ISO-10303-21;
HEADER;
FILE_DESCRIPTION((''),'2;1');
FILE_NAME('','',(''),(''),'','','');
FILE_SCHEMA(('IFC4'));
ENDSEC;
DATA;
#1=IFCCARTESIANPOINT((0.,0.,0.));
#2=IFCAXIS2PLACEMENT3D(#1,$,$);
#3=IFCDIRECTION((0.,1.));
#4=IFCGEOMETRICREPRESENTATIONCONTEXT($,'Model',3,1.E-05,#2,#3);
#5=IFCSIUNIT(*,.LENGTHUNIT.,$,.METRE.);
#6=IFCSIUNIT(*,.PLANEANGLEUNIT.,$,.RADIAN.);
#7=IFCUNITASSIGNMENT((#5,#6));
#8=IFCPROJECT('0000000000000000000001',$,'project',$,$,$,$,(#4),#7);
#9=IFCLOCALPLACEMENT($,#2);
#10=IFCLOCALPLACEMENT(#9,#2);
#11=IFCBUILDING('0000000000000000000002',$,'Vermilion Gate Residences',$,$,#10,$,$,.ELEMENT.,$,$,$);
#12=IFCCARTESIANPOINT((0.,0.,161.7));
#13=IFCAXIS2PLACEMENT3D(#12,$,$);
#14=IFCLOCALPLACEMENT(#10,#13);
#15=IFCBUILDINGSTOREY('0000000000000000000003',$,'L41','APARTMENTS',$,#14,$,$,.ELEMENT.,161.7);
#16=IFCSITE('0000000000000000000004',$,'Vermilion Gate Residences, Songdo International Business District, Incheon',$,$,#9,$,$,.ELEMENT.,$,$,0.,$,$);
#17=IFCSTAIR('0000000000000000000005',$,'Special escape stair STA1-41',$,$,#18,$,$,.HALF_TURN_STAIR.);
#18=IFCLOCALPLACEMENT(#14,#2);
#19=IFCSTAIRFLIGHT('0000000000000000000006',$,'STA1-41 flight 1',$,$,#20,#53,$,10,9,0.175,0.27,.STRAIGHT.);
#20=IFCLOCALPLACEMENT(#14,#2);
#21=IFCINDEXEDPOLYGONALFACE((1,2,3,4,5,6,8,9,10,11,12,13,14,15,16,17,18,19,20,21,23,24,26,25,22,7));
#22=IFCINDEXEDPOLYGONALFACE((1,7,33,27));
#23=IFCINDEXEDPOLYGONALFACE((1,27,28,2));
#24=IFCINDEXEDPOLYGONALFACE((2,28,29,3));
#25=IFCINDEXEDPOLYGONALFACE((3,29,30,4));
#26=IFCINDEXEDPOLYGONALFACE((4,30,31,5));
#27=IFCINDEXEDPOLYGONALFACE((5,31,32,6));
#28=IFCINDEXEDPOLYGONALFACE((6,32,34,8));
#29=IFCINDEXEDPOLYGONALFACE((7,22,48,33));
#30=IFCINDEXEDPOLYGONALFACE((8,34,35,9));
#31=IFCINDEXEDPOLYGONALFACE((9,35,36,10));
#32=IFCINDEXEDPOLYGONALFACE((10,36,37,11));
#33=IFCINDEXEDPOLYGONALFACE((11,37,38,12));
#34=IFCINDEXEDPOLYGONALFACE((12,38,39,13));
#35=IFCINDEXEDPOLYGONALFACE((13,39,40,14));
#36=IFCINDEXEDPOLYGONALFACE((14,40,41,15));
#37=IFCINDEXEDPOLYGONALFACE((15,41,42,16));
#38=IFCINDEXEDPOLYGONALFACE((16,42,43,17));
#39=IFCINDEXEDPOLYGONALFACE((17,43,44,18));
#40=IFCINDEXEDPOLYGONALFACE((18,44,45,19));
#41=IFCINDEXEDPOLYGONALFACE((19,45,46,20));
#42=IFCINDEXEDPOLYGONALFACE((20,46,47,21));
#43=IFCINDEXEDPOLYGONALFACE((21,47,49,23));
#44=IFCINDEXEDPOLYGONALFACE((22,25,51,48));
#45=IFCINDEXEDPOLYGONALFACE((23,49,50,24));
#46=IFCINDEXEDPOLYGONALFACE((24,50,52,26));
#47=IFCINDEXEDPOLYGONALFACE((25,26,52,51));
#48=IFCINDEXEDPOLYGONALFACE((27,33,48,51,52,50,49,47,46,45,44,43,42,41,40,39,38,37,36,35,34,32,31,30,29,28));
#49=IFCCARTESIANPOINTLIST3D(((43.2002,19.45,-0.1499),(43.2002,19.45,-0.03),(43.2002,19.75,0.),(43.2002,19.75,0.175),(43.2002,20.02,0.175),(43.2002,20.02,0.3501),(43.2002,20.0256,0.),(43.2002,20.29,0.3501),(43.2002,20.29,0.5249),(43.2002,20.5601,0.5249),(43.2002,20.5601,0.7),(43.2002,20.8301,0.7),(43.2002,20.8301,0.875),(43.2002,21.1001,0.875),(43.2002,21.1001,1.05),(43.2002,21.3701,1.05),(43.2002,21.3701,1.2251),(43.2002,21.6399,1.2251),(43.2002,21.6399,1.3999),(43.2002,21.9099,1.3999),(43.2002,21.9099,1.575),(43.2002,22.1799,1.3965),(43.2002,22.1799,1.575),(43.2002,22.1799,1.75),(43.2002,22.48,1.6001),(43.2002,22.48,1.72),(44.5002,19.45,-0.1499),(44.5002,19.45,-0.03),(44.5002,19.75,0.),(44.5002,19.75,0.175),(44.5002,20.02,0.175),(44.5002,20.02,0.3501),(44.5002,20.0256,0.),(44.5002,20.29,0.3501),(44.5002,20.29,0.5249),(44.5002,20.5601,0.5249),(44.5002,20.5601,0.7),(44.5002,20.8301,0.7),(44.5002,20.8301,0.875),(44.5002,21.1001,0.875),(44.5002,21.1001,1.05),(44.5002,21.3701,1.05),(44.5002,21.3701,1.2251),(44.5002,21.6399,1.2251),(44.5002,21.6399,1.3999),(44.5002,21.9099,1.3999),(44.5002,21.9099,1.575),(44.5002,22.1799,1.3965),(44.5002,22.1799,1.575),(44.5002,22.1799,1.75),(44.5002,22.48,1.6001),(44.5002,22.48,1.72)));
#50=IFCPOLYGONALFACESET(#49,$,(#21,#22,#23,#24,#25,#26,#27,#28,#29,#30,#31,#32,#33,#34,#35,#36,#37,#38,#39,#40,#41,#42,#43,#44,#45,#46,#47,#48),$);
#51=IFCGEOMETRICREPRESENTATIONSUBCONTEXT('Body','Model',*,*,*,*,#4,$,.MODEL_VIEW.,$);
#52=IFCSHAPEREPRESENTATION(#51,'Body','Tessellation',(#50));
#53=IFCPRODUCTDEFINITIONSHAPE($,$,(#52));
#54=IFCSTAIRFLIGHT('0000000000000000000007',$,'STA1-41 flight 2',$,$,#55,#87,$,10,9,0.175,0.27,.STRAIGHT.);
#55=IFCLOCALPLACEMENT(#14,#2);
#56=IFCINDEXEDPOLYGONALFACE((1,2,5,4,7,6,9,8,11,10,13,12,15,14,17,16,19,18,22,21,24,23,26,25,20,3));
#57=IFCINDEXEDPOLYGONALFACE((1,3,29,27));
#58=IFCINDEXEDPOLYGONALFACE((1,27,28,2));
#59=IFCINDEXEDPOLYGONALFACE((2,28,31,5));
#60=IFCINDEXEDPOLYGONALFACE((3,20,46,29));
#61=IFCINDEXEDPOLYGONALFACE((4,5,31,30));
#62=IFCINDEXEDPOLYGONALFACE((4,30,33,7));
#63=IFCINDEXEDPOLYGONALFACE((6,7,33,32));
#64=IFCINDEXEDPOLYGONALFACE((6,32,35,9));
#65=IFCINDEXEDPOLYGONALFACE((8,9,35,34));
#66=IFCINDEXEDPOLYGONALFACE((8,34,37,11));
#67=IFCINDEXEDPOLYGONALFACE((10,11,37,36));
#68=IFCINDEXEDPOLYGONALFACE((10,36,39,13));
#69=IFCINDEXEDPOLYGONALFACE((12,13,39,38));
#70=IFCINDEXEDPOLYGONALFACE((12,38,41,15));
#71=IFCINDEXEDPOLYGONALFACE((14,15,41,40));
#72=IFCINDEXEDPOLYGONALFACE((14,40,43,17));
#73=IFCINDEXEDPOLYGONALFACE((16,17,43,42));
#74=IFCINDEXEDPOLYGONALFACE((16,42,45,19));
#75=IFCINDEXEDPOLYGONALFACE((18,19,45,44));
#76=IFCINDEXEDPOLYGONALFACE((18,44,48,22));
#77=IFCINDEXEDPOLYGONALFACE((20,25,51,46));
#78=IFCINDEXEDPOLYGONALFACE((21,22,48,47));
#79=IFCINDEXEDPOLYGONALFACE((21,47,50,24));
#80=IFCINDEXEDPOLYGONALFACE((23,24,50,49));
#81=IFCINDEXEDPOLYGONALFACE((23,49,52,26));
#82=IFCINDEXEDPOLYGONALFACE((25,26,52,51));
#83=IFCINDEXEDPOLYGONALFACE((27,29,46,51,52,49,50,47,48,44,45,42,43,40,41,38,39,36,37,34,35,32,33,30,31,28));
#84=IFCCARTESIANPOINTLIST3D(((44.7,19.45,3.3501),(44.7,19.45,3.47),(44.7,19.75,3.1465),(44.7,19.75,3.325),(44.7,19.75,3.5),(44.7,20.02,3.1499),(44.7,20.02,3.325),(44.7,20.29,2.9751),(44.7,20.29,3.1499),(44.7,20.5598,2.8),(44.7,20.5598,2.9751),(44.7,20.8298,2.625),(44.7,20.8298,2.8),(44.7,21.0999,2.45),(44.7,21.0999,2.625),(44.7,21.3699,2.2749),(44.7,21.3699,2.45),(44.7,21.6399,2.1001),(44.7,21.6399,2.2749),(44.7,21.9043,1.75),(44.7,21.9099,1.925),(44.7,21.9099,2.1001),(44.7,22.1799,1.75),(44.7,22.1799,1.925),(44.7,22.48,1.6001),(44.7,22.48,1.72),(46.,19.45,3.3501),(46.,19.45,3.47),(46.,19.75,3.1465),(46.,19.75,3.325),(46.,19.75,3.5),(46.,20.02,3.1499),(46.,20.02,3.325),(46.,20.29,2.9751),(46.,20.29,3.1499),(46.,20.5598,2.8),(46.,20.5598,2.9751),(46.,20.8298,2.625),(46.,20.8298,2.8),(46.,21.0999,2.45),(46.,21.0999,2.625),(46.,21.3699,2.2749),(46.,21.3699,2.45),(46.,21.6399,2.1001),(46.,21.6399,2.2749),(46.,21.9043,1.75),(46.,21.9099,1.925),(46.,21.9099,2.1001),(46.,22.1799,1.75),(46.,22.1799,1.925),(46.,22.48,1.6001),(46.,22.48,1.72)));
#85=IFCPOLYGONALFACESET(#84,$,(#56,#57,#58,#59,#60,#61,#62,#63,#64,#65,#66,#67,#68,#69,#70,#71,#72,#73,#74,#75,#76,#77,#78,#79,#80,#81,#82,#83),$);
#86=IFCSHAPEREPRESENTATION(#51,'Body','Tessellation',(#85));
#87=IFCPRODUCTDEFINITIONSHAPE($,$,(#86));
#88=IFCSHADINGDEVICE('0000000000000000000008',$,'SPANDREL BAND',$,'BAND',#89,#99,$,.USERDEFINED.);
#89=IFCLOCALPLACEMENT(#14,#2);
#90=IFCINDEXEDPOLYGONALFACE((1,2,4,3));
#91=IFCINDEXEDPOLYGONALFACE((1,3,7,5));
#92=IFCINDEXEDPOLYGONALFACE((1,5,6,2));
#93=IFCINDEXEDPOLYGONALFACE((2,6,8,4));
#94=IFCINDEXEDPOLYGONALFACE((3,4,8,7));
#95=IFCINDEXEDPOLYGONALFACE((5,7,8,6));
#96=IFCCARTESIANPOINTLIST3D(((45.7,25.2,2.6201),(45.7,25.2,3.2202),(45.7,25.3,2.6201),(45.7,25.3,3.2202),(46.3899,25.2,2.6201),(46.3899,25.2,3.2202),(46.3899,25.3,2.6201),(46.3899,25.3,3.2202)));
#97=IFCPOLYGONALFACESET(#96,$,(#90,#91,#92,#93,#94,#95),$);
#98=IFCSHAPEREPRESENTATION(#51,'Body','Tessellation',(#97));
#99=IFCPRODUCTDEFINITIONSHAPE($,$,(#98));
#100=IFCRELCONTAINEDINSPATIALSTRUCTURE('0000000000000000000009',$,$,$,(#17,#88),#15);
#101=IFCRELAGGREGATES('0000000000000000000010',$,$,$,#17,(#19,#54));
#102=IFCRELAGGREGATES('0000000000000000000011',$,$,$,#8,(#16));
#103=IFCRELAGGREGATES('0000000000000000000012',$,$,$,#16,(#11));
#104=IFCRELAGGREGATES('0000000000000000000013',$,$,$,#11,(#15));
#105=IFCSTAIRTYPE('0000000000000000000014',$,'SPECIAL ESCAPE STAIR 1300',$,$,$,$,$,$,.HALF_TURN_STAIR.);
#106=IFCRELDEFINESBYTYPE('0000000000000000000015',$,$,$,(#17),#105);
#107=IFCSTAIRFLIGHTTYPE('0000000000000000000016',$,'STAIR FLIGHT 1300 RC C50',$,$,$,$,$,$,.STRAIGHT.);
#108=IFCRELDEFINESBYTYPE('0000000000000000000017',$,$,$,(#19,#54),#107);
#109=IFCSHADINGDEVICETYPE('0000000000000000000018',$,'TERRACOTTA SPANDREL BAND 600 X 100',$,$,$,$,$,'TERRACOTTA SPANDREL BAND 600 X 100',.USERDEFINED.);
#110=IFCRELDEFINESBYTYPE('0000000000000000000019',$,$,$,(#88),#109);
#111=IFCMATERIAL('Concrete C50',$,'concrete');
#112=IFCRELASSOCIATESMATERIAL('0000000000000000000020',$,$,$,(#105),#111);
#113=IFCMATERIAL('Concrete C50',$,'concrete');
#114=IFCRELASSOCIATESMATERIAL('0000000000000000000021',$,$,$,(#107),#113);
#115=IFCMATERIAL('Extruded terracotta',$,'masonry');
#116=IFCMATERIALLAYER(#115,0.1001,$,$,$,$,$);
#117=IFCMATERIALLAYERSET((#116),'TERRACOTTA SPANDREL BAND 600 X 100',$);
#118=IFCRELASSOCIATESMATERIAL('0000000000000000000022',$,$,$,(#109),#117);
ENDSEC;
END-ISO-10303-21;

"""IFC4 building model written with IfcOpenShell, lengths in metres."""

from ifc_helpers import new_model, si_unit, direction, frame, origin, origin_2d, place, context, subcontext, project, spatial, polyline, rectangle, outline, extrude, material, layer, layer_set, type_object, element, aggregate, save


model = new_model("IFC4")

# Units and contexts
model_context = context("Model", 3, precision=1e-05, world=origin(), true_north=direction((0.0, 1.0)))
body_context = subcontext(model_context, "Body", "Model", "MODEL_VIEW")
ifc_project = project(units=[si_unit("LENGTHUNIT", "METRE"), si_unit("PLANEANGLEUNIT", "RADIAN")], contexts=[model_context])

# Site, building, storey
site_placement = place(None, origin())
site = spatial("IfcSite", under=ifc_project, at=site_placement, Name="Vermilion Gate Residences, Songdo International Business District, Incheon", CompositionType="ELEMENT", RefElevation=0.0)
building_placement = place(site_placement, origin())
building = spatial("IfcBuilding", under=site, at=building_placement, Name="Vermilion Gate Residences", CompositionType="ELEMENT")
storey_placement = place(building_placement, frame((0.0, 0.0, 161.7)))
storey = spatial("IfcBuildingStorey", under=building, at=storey_placement, Name="L41", Description="APARTMENTS", CompositionType="ELEMENT", Elevation=161.7)

# Stair, stair flights
ifc_material_1 = material(Name="Concrete C50", Category="concrete")
stair_type = type_object("IfcStairType", Name="SPECIAL ESCAPE STAIR 1300", PredefinedType="HALF_TURN_STAIR", material=ifc_material_1)
stair_placement = place(storey_placement, origin())
stair = element("IfcStair", 1, at=stair_placement, inside=storey, type_object=stair_type, Name="Special escape stair STA1-41", PredefinedType="HALF_TURN_STAIR")
ifc_material_2 = material(Name="Concrete C50", Category="concrete")
stair_flight_type = type_object("IfcStairFlightType", Name="STAIR FLIGHT 1300 RC C50", PredefinedType="STRAIGHT", material=ifc_material_2)
stair_flight_1_placement = place(storey_placement, frame((43.8501, 19.75, 0.0), z_axis=(0.0, 0.0, 1.0), x_axis=(0.0, 1.0, 0.0)))
stair_flight_1 = element("IfcStairFlight", 2, at=stair_flight_1_placement, type_object=stair_flight_type, Name="STA1-41 flight 1", NumberOfRisers=10, NumberOfTreads=9, PredefinedType="STRAIGHT", RiserHeight=0.175, TreadLength=0.27, context=body_context, shape_type="SweptSolid", body=[
    extrude(outline(polyline([(-0.3, -0.1499), (-0.3, -0.03), (0.0, 0.0), (0.0, 0.175), (0.27, 0.175), (0.27, 0.3501), (0.54, 0.3501), (0.54, 0.5249), (0.8101, 0.5249), (0.8101, 0.7), (1.0801, 0.7), (1.0801, 0.875), (1.3501, 0.875), (1.3501, 1.05), (1.6201, 1.05), (1.6201, 1.2251), (1.8899, 1.2251), (1.8899, 1.3999), (2.1599, 1.3999), (2.1599, 1.575), (2.4299, 1.575), (2.4299, 1.75), (2.73, 1.72), (2.73, 1.6001), (2.4299, 1.3965), (0.2756, 0.0), (-0.3, -0.1499)])), frame((0.0, 0.6499, 0.0), z_axis=(0.0, -1.0, 0.0), x_axis=(1.0, 0.0, 0.0)), (0.0, 0.0, 1.0), 1.3),
])
stair_flight_2_placement = place(storey_placement, frame((45.3501, 22.1799, 1.75), z_axis=(0.0, 0.0, 1.0), x_axis=(0.0, -1.0, 0.0)))
stair_flight_2 = element("IfcStairFlight", 3, at=stair_flight_2_placement, type_object=stair_flight_type, Name="STA1-41 flight 2", NumberOfRisers=10, NumberOfTreads=9, PredefinedType="STRAIGHT", RiserHeight=0.175, TreadLength=0.27, context=body_context, shape_type="SweptSolid", body=[
    extrude(outline(polyline([(-0.3, -0.1499), (-0.3, -0.03), (0.0, 0.0), (0.0, 0.175), (0.27, 0.175), (0.27, 0.3501), (0.54, 0.3501), (0.54, 0.5249), (0.8101, 0.5249), (0.8101, 0.7), (1.0801, 0.7), (1.0801, 0.875), (1.3501, 0.875), (1.3501, 1.05), (1.6201, 1.05), (1.6201, 1.2251), (1.8899, 1.2251), (1.8899, 1.3999), (2.1599, 1.3999), (2.1599, 1.575), (2.4299, 1.575), (2.4299, 1.75), (2.73, 1.72), (2.73, 1.6001), (2.4299, 1.3965), (0.2756, 0.0), (-0.3, -0.1499)])), frame((0.0, 0.6499, 0.0), z_axis=(0.0, -1.0, 0.0), x_axis=(1.0, 0.0, 0.0)), (0.0, 0.0, 1.0), 1.3),
])
aggregate(stair, [stair_flight_1, stair_flight_2])

# Shading device
ifc_material_3 = material(Name="Extruded terracotta", Category="masonry")
ifc_layer_1 = layer(ifc_material_3, 0.1001)
ifc_layer_set_1 = layer_set([ifc_layer_1], Name="TERRACOTTA SPANDREL BAND 600 X 100")
shading_device_type = type_object("IfcShadingDeviceType", Name="TERRACOTTA SPANDREL BAND 600 X 100", ElementType="TERRACOTTA SPANDREL BAND 600 X 100", PredefinedType="USERDEFINED", material=ifc_layer_set_1)
shading_device_placement = place(storey_placement, frame((46.0449, 25.25, 2.6201), z_axis=(0.0, 0.0, 1.0), x_axis=(1.0, 0.0, 0.0)))
element("IfcShadingDevice", 4, at=shading_device_placement, inside=storey, type_object=shading_device_type, Name="SPANDREL BAND", ObjectType="BAND", PredefinedType="USERDEFINED", context=body_context, shape_type="SweptSolid", body=[
    extrude(rectangle(XDim=0.6899, YDim=0.1001, at=origin_2d()), origin(), (0.0, 0.0, 1.0), 0.6001),
])

save(model, "model.ifc")
